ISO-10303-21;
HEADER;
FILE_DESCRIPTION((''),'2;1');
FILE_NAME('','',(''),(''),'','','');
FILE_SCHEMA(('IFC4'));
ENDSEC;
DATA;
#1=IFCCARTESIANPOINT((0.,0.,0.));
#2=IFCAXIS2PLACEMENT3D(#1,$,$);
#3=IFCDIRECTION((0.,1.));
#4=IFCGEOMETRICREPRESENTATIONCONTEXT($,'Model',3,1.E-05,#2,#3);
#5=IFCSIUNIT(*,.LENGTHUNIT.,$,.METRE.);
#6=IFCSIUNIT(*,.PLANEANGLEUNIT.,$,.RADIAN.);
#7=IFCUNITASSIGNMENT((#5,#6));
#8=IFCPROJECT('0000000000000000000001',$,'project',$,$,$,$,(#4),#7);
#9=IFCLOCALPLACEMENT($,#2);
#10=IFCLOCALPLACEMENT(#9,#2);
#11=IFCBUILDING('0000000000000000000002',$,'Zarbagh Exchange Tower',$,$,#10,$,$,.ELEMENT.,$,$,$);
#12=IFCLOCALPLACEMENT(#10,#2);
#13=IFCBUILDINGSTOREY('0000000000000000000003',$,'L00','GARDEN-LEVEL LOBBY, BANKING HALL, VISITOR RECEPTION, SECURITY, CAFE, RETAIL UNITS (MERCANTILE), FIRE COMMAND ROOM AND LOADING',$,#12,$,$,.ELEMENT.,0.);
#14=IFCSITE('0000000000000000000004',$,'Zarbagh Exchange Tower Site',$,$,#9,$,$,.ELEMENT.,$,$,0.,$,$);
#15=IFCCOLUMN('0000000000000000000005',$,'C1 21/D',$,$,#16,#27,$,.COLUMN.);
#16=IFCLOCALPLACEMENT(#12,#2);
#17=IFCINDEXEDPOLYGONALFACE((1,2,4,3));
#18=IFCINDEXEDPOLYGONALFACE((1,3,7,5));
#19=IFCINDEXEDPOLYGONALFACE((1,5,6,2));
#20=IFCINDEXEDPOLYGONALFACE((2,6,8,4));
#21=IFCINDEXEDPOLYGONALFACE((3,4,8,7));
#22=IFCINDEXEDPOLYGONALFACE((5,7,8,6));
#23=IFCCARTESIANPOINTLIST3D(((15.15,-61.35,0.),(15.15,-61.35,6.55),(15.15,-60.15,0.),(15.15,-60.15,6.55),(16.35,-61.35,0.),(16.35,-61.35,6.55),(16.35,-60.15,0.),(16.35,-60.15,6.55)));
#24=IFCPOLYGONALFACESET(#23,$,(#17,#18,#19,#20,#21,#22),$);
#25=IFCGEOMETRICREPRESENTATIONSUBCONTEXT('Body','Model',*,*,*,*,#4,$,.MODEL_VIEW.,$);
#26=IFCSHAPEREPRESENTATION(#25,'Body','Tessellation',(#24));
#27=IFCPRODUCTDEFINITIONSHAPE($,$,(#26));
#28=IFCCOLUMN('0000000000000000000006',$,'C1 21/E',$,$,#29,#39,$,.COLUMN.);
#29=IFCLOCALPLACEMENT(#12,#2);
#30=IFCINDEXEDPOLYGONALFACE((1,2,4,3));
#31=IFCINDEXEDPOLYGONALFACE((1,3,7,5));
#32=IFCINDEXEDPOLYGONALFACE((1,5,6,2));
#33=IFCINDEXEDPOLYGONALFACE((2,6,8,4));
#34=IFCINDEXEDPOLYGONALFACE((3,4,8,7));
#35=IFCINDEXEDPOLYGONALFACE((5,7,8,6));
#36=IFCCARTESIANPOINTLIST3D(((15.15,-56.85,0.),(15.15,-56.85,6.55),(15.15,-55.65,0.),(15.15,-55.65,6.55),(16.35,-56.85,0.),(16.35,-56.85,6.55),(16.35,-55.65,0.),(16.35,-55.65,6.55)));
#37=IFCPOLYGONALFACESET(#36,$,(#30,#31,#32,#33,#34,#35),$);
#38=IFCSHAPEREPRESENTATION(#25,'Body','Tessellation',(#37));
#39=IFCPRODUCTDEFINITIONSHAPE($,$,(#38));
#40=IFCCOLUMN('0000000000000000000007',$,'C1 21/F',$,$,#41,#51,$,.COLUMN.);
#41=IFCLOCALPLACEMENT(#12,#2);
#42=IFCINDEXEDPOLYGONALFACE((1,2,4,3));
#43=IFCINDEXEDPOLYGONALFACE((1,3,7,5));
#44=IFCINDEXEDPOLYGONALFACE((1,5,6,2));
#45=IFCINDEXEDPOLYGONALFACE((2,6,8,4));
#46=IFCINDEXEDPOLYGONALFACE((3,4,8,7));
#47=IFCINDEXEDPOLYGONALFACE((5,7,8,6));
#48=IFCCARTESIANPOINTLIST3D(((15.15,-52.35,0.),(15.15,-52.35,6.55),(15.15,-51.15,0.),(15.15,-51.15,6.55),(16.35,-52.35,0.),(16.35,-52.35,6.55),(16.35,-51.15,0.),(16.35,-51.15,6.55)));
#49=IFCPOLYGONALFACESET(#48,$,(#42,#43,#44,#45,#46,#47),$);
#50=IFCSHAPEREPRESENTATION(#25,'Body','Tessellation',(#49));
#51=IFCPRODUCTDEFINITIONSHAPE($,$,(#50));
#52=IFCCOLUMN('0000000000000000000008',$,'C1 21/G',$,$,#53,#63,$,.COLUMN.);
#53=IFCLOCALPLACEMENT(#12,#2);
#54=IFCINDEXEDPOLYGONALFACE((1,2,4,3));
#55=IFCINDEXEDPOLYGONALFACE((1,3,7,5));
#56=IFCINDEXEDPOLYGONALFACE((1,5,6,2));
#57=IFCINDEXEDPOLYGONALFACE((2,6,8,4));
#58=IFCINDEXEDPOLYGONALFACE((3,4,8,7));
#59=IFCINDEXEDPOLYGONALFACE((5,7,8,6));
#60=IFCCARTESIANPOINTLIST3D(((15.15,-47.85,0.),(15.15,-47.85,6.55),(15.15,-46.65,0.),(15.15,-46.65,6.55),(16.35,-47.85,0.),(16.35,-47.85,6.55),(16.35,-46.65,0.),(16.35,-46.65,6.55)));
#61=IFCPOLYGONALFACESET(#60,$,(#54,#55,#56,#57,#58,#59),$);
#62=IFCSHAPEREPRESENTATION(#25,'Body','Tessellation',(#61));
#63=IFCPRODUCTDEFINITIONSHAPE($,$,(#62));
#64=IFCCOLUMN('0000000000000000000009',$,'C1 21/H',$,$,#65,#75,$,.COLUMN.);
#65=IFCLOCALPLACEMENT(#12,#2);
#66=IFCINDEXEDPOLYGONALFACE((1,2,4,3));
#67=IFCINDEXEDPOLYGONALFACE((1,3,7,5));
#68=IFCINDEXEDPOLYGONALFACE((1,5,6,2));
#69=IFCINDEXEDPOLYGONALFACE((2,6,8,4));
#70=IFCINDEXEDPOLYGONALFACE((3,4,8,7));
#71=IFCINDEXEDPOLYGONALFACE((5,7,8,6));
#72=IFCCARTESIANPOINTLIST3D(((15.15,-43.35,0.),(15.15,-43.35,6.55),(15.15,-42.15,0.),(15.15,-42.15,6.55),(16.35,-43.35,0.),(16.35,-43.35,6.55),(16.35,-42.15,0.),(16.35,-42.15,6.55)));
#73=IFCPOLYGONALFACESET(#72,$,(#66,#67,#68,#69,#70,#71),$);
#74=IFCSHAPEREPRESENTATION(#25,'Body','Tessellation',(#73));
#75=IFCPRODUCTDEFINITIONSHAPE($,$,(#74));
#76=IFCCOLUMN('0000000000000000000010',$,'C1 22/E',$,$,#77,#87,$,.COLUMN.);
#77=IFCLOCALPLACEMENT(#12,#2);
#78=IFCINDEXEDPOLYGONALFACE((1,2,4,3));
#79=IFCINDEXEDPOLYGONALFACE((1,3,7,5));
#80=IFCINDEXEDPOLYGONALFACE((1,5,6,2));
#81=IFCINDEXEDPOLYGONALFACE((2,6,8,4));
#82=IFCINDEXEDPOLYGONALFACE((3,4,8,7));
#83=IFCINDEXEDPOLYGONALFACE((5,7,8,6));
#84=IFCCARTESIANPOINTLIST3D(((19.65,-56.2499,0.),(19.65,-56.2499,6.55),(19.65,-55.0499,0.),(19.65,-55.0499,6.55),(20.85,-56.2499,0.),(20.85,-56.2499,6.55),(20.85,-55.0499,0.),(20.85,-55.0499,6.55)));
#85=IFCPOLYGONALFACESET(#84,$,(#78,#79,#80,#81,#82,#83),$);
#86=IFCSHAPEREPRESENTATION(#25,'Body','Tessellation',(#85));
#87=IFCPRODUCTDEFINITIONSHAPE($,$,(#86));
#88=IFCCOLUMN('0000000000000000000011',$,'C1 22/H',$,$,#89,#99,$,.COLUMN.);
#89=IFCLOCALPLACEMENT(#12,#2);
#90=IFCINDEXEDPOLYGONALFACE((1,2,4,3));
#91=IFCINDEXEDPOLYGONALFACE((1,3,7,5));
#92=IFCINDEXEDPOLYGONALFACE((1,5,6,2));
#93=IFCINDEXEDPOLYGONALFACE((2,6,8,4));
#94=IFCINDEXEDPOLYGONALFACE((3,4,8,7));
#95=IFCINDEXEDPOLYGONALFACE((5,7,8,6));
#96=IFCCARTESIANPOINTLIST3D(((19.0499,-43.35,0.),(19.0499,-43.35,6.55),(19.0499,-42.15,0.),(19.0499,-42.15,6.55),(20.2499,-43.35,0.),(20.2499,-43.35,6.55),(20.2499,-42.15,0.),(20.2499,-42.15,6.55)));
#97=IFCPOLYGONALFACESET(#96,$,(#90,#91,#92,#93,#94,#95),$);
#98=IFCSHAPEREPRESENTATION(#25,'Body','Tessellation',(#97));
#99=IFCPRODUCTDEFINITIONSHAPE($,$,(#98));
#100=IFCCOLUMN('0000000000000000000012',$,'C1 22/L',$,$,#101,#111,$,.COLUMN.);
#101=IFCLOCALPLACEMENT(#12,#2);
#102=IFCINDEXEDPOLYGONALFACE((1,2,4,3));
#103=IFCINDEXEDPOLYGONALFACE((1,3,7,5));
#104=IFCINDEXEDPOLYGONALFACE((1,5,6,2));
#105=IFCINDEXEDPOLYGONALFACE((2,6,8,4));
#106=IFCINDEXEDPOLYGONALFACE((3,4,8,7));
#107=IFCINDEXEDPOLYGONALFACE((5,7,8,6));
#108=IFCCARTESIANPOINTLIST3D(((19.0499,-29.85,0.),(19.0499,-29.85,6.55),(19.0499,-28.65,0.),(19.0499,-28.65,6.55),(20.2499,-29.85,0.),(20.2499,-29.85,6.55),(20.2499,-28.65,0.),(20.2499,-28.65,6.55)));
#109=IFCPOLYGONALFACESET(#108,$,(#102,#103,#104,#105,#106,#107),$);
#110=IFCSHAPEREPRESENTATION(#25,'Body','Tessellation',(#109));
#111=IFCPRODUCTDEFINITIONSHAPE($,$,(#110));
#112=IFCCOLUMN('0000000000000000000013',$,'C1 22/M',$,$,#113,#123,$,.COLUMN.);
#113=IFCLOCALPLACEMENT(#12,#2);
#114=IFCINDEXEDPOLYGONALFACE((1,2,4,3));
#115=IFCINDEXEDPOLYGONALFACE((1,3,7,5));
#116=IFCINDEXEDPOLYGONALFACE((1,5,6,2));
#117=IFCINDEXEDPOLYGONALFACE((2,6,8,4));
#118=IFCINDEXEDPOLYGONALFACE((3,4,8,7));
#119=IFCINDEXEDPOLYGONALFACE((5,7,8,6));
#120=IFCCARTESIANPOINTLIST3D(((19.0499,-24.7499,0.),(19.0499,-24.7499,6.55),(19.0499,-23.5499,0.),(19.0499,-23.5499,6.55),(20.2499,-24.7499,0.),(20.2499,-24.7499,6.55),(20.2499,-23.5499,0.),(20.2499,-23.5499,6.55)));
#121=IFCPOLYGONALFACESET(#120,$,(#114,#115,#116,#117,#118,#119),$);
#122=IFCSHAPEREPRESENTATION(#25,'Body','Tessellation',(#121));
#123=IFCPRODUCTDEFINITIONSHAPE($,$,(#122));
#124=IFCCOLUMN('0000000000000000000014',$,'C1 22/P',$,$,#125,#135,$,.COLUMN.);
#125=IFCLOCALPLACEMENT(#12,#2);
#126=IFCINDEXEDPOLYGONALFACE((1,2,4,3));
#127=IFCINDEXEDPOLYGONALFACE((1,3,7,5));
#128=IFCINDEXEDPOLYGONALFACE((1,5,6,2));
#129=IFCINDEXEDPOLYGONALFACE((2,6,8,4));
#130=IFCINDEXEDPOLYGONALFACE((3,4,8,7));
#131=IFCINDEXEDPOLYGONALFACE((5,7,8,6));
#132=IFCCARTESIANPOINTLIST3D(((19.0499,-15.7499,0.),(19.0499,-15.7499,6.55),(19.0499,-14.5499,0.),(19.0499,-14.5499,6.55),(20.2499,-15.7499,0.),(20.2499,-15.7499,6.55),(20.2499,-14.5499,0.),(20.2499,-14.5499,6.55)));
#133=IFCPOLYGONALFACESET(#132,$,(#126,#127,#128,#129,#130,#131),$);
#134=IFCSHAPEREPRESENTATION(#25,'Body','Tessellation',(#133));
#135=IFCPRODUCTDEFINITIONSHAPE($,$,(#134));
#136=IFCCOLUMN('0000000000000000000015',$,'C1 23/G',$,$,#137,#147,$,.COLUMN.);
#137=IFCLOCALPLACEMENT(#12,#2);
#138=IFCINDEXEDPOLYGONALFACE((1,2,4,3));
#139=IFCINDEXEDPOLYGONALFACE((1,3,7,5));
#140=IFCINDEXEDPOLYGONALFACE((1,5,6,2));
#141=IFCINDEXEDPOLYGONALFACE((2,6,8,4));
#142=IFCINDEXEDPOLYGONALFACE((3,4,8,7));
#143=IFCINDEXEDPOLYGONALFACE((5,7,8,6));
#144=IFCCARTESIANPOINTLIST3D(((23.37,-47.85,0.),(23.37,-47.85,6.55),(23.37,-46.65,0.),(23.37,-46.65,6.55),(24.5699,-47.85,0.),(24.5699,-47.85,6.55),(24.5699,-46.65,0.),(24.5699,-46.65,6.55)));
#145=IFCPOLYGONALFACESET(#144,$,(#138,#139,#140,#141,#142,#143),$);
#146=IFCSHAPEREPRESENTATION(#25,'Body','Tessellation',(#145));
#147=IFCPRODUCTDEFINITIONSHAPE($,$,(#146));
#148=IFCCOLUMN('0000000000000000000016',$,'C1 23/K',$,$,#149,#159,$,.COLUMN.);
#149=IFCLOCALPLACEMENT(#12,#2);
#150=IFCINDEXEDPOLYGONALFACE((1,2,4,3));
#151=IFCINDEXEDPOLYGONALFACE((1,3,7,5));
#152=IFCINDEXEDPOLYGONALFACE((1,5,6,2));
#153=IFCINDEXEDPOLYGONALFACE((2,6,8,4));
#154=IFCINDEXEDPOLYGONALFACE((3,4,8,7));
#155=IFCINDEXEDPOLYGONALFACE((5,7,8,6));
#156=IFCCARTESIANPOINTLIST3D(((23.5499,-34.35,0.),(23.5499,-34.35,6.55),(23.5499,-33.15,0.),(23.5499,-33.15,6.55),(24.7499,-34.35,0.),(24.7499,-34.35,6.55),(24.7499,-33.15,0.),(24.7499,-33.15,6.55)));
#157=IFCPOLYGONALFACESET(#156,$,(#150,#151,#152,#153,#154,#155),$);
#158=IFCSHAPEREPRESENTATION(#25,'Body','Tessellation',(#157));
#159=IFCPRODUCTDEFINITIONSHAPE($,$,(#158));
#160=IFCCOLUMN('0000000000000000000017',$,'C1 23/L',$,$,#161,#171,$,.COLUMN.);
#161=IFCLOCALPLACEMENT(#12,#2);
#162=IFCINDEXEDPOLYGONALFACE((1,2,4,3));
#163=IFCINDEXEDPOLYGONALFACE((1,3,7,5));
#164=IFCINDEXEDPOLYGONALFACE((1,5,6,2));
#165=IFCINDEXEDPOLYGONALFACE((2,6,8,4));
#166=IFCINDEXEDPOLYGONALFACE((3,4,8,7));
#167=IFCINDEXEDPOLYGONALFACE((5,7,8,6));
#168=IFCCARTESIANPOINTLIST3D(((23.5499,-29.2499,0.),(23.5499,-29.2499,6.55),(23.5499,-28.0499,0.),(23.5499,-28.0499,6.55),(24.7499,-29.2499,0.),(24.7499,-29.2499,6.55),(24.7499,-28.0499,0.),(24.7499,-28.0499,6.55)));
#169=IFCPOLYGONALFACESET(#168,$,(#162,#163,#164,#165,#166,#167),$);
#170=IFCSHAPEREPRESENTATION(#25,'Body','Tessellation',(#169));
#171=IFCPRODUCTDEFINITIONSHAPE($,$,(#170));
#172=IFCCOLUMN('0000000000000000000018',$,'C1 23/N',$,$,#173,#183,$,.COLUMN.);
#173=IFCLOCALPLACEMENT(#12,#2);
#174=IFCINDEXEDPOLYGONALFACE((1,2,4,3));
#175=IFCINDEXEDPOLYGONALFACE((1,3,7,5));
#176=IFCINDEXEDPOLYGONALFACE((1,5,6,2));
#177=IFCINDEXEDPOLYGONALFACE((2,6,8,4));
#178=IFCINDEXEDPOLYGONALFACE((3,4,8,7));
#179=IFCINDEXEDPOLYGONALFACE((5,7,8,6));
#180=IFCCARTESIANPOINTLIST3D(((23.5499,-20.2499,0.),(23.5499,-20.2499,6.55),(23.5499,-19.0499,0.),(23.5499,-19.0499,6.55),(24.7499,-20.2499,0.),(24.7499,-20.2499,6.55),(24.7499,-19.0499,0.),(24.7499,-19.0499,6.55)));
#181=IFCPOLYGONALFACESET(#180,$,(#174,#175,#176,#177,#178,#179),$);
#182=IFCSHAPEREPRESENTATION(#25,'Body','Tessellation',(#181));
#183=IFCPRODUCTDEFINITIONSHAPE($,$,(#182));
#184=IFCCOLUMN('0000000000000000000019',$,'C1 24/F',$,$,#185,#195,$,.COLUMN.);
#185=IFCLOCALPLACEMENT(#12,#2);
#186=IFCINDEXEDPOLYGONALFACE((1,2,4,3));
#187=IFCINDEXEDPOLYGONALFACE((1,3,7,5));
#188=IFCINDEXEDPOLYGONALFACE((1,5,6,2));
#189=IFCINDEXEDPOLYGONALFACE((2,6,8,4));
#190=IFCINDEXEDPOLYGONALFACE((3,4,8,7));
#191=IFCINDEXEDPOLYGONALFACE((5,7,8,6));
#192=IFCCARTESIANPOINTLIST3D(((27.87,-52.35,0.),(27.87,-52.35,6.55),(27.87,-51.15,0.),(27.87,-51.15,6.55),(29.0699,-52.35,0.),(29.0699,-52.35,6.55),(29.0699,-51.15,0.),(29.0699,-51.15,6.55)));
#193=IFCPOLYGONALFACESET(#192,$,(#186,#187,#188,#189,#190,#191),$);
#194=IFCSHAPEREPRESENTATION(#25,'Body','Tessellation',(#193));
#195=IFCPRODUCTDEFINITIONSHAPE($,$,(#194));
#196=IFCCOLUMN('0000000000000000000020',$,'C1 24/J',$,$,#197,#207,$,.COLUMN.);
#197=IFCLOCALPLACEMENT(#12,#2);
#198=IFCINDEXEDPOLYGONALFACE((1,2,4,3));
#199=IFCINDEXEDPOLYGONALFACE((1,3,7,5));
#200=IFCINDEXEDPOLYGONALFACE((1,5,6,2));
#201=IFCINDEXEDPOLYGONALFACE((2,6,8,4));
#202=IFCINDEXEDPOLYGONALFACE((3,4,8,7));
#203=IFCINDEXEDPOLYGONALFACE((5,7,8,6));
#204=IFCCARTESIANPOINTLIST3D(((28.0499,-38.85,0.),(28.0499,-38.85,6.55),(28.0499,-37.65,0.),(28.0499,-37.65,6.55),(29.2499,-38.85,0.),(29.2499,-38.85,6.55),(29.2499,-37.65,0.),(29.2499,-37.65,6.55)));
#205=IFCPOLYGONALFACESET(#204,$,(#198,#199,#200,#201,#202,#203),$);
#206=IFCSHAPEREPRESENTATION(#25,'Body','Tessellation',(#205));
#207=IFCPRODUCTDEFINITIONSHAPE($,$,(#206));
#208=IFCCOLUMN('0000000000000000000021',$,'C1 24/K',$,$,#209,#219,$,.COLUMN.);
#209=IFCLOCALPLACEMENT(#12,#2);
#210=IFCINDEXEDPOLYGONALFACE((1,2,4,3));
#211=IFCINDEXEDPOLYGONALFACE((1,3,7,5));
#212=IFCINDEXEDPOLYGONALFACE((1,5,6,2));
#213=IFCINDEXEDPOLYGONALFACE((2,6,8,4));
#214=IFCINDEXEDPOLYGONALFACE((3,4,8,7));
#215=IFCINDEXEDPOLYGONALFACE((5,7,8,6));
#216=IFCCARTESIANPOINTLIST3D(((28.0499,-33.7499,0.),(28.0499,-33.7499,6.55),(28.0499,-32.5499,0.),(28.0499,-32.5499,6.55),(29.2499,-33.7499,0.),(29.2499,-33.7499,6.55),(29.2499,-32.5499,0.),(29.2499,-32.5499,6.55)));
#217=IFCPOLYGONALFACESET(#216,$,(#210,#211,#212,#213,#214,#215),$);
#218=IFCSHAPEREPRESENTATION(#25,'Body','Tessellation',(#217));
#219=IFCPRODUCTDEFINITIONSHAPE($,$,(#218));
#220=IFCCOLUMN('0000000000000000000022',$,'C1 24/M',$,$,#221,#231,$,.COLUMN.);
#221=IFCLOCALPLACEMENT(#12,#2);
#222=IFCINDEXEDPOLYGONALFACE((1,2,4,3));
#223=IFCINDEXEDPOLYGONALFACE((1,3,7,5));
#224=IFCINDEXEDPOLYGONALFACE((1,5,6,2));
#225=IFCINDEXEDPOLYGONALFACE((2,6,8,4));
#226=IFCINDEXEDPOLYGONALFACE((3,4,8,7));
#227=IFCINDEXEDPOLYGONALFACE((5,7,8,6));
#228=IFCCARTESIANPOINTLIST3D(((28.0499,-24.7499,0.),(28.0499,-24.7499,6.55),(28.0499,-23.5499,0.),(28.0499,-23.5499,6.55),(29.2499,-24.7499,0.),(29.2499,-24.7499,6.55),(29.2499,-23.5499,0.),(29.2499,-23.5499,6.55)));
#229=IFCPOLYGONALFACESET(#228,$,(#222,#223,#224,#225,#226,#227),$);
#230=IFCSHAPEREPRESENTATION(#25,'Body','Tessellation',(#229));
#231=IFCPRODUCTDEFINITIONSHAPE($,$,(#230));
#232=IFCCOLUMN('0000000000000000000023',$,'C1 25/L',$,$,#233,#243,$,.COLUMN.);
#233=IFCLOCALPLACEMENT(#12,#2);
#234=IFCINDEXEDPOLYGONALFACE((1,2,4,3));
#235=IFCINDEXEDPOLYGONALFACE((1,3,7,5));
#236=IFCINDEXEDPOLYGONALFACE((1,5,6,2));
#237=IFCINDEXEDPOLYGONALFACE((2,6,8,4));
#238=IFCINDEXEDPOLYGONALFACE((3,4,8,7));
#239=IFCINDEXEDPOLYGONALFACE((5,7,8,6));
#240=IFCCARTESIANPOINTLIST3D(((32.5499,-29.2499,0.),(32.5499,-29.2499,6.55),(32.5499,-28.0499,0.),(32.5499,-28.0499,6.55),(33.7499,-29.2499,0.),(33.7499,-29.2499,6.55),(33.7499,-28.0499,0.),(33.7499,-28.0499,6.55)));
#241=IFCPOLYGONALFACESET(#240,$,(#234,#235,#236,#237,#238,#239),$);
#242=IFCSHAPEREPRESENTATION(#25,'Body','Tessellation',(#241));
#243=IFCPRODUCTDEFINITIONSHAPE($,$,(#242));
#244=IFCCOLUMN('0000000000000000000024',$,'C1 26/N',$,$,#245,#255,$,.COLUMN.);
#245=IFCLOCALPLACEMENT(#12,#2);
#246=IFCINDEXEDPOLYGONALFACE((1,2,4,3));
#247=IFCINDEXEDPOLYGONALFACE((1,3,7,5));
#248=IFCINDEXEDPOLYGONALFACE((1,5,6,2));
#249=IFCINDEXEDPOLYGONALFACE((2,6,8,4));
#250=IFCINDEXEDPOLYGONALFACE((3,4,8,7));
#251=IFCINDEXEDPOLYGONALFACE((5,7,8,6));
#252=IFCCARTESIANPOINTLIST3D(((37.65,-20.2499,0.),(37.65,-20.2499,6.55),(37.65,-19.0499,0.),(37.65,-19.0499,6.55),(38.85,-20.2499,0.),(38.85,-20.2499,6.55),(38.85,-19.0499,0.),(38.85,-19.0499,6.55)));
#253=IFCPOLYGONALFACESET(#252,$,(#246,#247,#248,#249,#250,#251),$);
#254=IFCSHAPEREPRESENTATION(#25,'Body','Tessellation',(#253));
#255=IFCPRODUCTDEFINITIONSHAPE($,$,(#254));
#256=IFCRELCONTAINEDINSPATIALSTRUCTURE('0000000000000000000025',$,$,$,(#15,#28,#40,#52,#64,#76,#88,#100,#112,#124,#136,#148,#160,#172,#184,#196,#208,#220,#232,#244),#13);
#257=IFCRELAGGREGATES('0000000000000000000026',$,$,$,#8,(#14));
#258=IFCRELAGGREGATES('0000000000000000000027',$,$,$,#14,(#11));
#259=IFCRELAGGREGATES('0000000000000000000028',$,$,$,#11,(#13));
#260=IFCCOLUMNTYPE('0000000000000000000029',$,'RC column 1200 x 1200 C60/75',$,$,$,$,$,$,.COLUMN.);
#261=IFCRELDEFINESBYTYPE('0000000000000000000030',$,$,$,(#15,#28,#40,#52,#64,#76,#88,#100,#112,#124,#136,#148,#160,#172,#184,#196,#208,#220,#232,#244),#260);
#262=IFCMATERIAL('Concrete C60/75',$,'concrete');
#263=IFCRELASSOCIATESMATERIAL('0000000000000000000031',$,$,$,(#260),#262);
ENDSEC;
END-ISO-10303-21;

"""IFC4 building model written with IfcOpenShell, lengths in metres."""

from ifc_helpers import new_model, si_unit, direction, frame, origin, origin_2d, place, context, subcontext, project, spatial, rectangle, extrude, material, material_profile, profile_set, type_object, element, save


model = new_model("IFC4")

# Units and contexts
model_context = context("Model", 3, precision=1e-05, world=origin(), true_north=direction((0.0, 1.0)))
body_context = subcontext(model_context, "Body", "Model", "MODEL_VIEW")
ifc_project = project(units=[si_unit("LENGTHUNIT", "METRE"), si_unit("PLANEANGLEUNIT", "RADIAN")], contexts=[model_context])

# Site, building, storey
site_placement = place(None, origin())
site = spatial("IfcSite", under=ifc_project, at=site_placement, Name="Zarbagh Exchange Tower Site", CompositionType="ELEMENT", RefElevation=0.0)
building_placement = place(site_placement, origin())
building = spatial("IfcBuilding", under=site, at=building_placement, Name="Zarbagh Exchange Tower", CompositionType="ELEMENT")
storey_placement = place(building_placement, origin())
storey = spatial("IfcBuildingStorey", under=building, at=storey_placement, Name="L00", Description="GARDEN-LEVEL LOBBY, BANKING HALL, VISITOR RECEPTION, SECURITY, CAFE, RETAIL UNITS (MERCANTILE), FIRE COMMAND ROOM AND LOADING", CompositionType="ELEMENT", Elevation=0.0)

# Columns
ifc_material_1 = material(Name="Concrete C60/75", Category="concrete")
ifc_material_profile = material_profile(ifc_material_1, rectangle(XDim=1.2, YDim=1.2, at=origin_2d()), Name="RC column 1200 x 1200 C60/75")
ifc_profile_set = profile_set([ifc_material_profile], Name="Concrete C60/75")
column_type = type_object("IfcColumnType", Name="RC column 1200 x 1200 C60/75", PredefinedType="COLUMN", material=ifc_profile_set)
for number, where, z_axis, x_axis, name in (
    (1, (15.75, -60.75, 0.0), (0.0, 0.0, 1.0), (1.0, 0.0, 0.0), "C1 21/D"),
    (2, (15.75, -56.25, 0.0), (0.0, 0.0, 1.0), (1.0, 0.0, 0.0), "C1 21/E"),
    (3, (15.75, -51.75, 0.0), (0.0, 0.0, 1.0), (1.0, 0.0, 0.0), "C1 21/F"),
    (4, (15.75, -47.25, 0.0), (0.0, 0.0, 1.0), (1.0, 0.0, 0.0), "C1 21/G"),
    (5, (15.75, -42.75, 0.0), (0.0, 0.0, 1.0), (1.0, 0.0, 0.0), "C1 21/H"),
    (6, (20.25, -55.6499, 0.0), (0.0, 0.0, 1.0), (1.0, 0.0, 0.0), "C1 22/E"),
    (7, (19.6499, -42.75, 0.0), (0.0, 0.0, 1.0), (1.0, 0.0, 0.0), "C1 22/H"),
    (8, (19.6499, -29.25, 0.0), (0.0, 0.0, 1.0), (1.0, 0.0, 0.0), "C1 22/L"),
    (9, (19.6499, -24.1499, 0.0), (0.0, 0.0, 1.0), (1.0, 0.0, 0.0), "C1 22/M"),
    (10, (19.6499, -15.1499, 0.0), (0.0, 0.0, 1.0), (1.0, 0.0, 0.0), "C1 22/P"),
    (11, (23.97, -47.25, 0.0), (0.0, 0.0, 1.0), (1.0, 0.0, 0.0), "C1 23/G"),
    (12, (24.1499, -33.75, 0.0), (0.0, 0.0, 1.0), (1.0, 0.0, 0.0), "C1 23/K"),
    (13, (24.1499, -28.6499, 0.0), (0.0, 0.0, 1.0), (1.0, 0.0, 0.0), "C1 23/L"),
    (14, (24.1499, -19.6499, 0.0), (0.0, 0.0, 1.0), (1.0, 0.0, 0.0), "C1 23/N"),
    (15, (28.47, -51.75, 0.0), (0.0, 0.0, 1.0), (1.0, 0.0, 0.0), "C1 24/F"),
    (16, (28.6499, -38.25, 0.0), (0.0, 0.0, 1.0), (1.0, 0.0, 0.0), "C1 24/J"),
    (17, (28.6499, -33.1499, 0.0), (0.0, 0.0, 1.0), (1.0, 0.0, 0.0), "C1 24/K"),
    (18, (28.6499, -24.1499, 0.0), (0.0, 0.0, 1.0), (1.0, 0.0, 0.0), "C1 24/M"),
    (19, (33.1499, -28.6499, 0.0), (0.0, 0.0, 1.0), (1.0, 0.0, 0.0), "C1 25/L"),
    (20, (38.25, -19.6499, 0.0), (0.0, 0.0, 1.0), (1.0, 0.0, 0.0), "C1 26/N"),
):
    element("IfcColumn", number, at=place(storey_placement, frame(where, z_axis=z_axis, x_axis=x_axis)), inside=storey, type_object=column_type, Name=name, PredefinedType="COLUMN", context=body_context, shape_type="SweptSolid", body=[
        extrude(rectangle(XDim=1.2, YDim=1.2, at=origin_2d()), origin(), (0.0, 0.0, 1.0), 6.55),
    ])

save(model, "model.ifc")
